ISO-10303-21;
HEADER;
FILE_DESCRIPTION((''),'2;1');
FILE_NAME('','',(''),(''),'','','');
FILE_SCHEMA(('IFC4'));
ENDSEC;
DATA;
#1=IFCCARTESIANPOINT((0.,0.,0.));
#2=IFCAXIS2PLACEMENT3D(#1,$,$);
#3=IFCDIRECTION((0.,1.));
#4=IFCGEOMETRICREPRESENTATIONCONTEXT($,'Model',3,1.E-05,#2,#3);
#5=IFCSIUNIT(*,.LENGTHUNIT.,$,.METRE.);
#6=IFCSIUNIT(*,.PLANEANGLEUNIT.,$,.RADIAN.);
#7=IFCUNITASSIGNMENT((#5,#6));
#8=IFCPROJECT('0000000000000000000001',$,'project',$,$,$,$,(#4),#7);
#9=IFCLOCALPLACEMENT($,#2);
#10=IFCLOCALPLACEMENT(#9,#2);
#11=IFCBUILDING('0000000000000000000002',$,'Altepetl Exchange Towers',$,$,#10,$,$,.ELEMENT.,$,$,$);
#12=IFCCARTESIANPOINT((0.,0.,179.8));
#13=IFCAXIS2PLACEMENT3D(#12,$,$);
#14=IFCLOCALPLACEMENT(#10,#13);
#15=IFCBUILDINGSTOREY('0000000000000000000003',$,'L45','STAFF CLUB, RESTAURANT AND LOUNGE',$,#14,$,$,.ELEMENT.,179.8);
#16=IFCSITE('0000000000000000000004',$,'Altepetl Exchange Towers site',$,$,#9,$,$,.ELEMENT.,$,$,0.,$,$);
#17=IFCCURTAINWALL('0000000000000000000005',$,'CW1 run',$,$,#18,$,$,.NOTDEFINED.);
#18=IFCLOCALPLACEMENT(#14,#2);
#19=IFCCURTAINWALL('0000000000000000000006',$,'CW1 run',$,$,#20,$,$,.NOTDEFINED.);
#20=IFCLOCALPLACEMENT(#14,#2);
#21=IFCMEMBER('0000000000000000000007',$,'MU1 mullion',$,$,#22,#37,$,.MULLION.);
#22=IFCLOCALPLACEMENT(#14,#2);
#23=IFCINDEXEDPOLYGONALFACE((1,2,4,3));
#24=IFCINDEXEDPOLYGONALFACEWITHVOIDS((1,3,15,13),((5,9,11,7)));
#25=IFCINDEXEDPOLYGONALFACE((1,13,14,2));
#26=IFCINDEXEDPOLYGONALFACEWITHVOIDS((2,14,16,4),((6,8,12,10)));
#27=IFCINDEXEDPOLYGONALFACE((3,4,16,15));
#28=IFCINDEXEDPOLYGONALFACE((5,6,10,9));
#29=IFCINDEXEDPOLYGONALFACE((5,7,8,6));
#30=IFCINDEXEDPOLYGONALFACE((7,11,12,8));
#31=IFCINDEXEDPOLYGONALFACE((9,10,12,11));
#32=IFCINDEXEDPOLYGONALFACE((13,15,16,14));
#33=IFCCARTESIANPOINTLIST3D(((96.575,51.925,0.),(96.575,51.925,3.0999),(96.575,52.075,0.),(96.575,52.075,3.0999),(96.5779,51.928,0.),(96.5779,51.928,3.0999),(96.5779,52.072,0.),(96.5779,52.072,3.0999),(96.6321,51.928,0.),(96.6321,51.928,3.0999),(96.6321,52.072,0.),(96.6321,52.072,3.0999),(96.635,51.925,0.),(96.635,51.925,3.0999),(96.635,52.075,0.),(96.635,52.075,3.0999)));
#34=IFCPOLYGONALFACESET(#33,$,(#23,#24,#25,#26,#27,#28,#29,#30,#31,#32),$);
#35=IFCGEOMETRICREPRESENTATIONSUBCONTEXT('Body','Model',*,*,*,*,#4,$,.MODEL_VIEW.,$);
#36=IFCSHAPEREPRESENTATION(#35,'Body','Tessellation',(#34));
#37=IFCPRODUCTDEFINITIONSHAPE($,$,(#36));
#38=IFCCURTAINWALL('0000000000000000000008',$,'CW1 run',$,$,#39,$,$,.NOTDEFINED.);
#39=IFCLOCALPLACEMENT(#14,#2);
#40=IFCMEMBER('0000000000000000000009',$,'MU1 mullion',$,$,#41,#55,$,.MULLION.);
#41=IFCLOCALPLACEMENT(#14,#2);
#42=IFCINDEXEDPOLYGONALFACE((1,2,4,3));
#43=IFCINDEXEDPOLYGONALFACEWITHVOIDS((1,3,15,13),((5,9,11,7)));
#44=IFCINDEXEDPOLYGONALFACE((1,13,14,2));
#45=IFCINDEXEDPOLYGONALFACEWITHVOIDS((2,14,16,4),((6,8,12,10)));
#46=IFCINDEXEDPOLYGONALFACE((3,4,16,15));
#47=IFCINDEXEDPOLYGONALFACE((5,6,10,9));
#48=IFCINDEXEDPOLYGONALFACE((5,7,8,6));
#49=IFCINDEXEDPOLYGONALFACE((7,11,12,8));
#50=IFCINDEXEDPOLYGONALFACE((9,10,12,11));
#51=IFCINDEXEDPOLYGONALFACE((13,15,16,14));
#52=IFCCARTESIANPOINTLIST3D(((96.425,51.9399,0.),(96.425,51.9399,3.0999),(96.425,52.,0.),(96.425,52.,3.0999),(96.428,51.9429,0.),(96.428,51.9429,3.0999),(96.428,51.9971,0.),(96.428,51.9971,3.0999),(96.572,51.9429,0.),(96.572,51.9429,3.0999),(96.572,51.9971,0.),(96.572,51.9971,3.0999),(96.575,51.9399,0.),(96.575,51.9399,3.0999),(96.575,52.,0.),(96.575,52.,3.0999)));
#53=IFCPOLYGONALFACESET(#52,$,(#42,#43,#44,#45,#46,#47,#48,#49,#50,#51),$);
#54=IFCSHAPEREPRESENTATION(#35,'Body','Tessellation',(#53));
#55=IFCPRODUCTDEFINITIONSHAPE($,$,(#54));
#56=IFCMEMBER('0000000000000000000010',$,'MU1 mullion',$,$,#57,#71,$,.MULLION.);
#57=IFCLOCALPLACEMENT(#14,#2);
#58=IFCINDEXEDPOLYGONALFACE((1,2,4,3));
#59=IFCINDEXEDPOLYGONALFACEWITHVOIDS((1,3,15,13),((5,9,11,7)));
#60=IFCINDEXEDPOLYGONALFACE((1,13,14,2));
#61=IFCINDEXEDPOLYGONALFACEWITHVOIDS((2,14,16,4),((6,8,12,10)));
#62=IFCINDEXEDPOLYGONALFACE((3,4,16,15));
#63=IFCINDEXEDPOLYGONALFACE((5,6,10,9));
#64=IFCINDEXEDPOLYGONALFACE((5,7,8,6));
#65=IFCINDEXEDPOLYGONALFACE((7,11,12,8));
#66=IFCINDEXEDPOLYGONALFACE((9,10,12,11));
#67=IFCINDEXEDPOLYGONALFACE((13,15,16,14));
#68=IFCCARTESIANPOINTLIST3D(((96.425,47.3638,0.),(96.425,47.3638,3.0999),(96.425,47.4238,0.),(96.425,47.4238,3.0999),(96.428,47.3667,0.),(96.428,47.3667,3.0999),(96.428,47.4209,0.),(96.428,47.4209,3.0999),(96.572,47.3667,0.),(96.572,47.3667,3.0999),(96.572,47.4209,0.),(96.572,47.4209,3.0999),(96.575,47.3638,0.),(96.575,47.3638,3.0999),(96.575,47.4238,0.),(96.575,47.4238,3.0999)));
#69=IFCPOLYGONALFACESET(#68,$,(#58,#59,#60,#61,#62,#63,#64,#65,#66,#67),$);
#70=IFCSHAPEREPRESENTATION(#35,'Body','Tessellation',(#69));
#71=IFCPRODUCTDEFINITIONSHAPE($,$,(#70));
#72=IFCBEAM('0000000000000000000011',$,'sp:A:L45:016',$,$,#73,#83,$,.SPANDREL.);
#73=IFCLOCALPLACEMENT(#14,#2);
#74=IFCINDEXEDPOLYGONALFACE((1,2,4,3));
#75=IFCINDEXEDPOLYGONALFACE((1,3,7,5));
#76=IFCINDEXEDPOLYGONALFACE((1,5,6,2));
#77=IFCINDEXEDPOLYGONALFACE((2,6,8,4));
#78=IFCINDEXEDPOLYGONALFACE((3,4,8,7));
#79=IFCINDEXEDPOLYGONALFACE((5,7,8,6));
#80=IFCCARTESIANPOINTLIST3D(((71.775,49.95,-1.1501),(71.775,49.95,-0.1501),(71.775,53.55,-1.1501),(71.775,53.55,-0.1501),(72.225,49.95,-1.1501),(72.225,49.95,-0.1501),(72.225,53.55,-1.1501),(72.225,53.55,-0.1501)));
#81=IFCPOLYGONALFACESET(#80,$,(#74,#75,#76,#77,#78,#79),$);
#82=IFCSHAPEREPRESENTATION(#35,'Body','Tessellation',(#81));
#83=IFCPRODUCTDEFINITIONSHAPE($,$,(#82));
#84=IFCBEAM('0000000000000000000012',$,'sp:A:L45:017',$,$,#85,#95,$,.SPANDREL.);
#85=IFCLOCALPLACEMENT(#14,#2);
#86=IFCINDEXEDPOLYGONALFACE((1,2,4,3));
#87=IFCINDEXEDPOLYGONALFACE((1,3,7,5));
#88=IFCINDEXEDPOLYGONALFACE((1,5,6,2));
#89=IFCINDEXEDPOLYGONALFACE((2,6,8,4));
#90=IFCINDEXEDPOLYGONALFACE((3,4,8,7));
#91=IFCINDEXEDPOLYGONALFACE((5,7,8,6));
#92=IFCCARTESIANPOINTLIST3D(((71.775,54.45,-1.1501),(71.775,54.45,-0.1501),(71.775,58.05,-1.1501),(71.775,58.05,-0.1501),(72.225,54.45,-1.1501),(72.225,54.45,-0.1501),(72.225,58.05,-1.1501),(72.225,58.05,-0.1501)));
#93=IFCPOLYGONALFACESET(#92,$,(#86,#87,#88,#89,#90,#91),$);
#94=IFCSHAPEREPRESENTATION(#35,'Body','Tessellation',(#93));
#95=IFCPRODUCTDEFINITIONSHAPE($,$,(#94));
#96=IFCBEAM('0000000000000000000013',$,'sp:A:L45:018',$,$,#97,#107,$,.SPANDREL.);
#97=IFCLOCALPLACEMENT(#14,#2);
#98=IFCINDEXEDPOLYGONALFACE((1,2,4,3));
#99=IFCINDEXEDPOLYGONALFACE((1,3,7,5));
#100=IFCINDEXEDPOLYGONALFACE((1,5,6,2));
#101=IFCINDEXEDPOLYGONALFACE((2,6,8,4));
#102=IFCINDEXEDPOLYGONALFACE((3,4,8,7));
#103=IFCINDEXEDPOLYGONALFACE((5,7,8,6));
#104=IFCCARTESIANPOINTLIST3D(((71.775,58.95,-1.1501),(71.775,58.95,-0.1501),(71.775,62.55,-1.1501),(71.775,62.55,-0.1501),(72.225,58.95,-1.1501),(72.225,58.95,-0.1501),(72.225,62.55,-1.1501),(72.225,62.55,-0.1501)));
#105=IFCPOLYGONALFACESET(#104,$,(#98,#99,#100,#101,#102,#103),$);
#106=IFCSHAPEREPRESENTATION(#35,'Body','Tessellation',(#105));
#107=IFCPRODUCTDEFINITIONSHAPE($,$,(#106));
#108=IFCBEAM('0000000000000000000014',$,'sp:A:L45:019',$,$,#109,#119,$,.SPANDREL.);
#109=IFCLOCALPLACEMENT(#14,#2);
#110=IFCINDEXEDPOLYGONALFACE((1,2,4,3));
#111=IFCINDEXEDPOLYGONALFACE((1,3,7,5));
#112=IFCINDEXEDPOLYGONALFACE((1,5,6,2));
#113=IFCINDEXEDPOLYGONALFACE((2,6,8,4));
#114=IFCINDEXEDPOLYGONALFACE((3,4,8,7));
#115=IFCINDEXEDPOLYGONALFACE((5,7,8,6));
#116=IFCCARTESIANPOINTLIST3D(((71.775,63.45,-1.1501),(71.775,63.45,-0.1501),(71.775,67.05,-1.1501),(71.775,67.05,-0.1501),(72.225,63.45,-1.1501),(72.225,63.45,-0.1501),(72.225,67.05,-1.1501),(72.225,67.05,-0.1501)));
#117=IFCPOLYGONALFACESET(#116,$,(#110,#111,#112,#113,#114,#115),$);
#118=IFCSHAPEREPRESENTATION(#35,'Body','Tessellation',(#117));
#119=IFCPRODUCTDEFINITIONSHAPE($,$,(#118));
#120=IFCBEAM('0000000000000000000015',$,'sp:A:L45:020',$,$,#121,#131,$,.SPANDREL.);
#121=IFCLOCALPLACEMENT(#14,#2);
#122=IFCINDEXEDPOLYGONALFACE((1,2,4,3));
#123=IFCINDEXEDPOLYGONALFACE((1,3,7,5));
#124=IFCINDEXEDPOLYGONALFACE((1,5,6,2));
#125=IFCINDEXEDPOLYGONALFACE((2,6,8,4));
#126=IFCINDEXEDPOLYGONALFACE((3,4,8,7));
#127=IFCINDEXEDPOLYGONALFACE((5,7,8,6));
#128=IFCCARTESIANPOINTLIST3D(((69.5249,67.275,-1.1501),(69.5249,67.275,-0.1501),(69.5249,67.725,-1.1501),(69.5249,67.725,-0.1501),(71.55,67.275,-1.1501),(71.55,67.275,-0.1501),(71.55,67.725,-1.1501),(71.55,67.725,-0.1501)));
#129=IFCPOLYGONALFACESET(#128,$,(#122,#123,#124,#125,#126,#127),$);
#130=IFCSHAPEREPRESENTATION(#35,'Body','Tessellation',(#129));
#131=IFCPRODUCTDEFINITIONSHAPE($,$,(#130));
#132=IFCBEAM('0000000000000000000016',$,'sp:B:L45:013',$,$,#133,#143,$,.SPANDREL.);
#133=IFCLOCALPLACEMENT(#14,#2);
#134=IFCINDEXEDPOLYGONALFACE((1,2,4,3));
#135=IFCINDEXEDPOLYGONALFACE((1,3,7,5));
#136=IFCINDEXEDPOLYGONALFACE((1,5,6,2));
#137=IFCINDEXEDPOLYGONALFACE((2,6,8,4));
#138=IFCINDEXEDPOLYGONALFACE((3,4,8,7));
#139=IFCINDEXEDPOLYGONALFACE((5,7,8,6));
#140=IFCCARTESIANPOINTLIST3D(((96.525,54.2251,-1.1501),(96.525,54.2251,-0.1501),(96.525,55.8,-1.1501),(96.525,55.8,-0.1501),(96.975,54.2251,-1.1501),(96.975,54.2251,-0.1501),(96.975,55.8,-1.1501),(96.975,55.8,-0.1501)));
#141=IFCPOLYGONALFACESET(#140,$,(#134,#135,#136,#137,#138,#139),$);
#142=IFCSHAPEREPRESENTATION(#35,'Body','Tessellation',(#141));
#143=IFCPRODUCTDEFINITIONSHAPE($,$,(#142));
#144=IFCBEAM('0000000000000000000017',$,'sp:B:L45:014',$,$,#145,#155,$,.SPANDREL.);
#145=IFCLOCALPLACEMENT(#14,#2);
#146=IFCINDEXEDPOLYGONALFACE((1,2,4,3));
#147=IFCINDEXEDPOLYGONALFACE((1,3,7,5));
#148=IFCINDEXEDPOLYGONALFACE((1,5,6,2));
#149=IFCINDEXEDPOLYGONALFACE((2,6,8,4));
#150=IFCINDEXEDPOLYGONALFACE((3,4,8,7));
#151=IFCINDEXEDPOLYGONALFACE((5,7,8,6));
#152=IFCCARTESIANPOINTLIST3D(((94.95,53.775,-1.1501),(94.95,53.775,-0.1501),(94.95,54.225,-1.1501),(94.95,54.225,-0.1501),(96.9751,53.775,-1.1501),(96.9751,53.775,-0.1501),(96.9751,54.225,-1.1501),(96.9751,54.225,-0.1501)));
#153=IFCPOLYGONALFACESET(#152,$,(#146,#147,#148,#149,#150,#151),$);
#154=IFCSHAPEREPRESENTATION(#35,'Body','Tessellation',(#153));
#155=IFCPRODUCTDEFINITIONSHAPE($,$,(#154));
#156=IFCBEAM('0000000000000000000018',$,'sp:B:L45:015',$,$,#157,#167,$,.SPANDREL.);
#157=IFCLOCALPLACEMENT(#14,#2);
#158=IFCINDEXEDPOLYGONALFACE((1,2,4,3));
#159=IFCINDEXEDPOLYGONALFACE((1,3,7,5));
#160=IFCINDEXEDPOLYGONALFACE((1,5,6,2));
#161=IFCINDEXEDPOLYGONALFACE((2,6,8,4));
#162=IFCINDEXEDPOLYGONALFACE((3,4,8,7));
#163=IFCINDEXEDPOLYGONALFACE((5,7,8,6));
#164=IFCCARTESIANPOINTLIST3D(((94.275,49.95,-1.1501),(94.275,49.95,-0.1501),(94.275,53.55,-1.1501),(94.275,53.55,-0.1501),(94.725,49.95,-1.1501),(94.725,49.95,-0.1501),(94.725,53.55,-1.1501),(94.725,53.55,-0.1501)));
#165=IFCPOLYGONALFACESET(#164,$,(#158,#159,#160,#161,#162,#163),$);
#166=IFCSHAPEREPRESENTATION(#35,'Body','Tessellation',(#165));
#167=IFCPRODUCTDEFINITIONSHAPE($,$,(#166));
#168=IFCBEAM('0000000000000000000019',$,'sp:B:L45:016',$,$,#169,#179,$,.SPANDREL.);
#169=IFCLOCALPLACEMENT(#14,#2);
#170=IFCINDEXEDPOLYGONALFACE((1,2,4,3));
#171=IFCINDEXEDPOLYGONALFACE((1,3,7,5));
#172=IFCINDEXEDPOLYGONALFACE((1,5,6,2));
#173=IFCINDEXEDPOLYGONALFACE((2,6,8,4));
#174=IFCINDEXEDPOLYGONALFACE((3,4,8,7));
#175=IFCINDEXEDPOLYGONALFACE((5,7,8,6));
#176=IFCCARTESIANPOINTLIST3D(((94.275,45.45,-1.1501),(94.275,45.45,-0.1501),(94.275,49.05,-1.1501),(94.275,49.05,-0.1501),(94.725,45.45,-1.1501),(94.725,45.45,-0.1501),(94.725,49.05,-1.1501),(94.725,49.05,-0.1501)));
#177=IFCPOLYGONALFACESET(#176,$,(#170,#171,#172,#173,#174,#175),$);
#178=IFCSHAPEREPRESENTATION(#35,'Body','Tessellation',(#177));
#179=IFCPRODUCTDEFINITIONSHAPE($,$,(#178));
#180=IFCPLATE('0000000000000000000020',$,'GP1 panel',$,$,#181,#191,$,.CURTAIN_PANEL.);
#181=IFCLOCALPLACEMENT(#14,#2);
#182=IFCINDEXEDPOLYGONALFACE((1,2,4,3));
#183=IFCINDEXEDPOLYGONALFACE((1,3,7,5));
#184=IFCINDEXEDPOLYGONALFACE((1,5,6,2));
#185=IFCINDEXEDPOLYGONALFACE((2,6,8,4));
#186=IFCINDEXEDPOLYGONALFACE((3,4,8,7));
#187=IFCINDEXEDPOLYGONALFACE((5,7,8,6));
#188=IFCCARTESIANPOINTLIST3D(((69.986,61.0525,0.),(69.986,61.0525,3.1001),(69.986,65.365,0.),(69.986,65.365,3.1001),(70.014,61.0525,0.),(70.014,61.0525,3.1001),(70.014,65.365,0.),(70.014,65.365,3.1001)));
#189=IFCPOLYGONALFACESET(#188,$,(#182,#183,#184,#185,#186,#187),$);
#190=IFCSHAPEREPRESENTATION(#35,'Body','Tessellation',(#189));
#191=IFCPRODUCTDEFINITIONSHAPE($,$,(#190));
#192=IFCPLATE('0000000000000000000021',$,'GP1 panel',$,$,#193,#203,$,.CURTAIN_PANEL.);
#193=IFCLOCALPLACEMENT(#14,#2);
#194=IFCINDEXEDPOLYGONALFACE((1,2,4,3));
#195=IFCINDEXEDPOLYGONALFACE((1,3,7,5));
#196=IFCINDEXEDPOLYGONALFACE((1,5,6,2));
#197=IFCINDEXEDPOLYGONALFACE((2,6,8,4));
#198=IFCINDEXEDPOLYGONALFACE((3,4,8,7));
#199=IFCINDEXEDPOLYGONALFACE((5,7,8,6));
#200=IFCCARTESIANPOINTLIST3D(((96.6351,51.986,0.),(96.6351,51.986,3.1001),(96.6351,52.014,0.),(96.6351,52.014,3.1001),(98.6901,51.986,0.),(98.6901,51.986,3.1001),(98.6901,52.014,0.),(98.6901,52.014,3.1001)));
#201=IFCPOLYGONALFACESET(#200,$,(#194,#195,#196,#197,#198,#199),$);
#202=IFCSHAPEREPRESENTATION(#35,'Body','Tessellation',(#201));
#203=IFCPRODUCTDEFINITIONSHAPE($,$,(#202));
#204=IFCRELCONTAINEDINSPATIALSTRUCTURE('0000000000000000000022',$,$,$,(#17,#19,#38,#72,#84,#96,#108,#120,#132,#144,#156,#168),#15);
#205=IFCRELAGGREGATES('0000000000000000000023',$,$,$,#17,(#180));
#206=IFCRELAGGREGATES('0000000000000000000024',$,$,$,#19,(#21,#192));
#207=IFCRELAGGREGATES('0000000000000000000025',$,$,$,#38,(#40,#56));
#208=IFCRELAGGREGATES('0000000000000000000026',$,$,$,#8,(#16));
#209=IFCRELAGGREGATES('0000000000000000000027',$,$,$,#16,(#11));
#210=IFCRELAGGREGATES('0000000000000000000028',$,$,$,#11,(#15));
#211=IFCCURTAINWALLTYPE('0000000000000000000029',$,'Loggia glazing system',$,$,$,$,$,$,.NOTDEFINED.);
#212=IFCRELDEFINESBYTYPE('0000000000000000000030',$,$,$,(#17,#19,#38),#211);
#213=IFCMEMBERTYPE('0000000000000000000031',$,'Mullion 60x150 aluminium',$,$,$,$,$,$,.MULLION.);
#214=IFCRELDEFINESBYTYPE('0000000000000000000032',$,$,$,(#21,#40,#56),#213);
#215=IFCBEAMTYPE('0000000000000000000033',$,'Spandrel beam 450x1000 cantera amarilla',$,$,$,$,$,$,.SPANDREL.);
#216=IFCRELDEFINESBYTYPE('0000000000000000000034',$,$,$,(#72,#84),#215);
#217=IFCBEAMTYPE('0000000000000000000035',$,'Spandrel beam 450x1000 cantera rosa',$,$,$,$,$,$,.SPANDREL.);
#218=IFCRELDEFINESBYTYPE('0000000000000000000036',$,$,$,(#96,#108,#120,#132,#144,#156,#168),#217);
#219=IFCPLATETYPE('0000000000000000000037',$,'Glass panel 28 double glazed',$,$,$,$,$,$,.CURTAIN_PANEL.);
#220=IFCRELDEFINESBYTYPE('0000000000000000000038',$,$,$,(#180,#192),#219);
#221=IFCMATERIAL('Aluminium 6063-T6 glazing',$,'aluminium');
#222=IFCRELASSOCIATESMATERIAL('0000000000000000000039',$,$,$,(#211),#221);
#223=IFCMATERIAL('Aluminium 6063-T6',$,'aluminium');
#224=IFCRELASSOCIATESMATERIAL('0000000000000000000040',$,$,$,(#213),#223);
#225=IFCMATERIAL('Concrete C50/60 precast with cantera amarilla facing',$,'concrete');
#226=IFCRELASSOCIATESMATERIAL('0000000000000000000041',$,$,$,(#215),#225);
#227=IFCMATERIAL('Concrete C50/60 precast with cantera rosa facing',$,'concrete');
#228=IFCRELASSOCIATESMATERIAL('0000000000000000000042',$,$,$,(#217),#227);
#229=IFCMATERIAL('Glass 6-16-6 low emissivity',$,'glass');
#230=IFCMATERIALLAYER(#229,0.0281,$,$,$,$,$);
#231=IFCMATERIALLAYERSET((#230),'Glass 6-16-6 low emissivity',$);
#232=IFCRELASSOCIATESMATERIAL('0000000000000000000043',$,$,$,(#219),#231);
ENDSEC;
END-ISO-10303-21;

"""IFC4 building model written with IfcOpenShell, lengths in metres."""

from ifc_helpers import new_model, si_unit, direction, frame, origin, origin_2d, place, context, subcontext, project, spatial, rectangle, hollow_rectangle, extrude, material, layer, layer_set, material_profile, profile_set, type_object, element, aggregate, save


model = new_model("IFC4")

# Units and contexts
model_context = context("Model", 3, precision=1e-05, world=origin(), true_north=direction((0.0, 1.0)))
body_context = subcontext(model_context, "Body", "Model", "MODEL_VIEW")
ifc_project = project(units=[si_unit("LENGTHUNIT", "METRE"), si_unit("PLANEANGLEUNIT", "RADIAN")], contexts=[model_context])

# Site, building, storey
site_placement = place(None, origin())
site = spatial("IfcSite", under=ifc_project, at=site_placement, Name="Altepetl Exchange Towers site", CompositionType="ELEMENT", RefElevation=0.0)
building_placement = place(site_placement, origin())
building = spatial("IfcBuilding", under=site, at=building_placement, Name="Altepetl Exchange Towers", CompositionType="ELEMENT")
storey_placement = place(building_placement, frame((0.0, 0.0, 179.8)))
storey = spatial("IfcBuildingStorey", under=building, at=storey_placement, Name="L45", Description="STAFF CLUB, RESTAURANT AND LOUNGE", CompositionType="ELEMENT", Elevation=179.8)

# Curtain wall
ifc_material_1 = material(Name="Aluminium 6063-T6 glazing", Category="aluminium")
curtain_wall_type = type_object("IfcCurtainWallType", Name="Loggia glazing system", PredefinedType="NOTDEFINED", material=ifc_material_1)
curtain_wall_1_placement = place(storey_placement, origin())
curtain_wall_1 = element("IfcCurtainWall", 1, at=curtain_wall_1_placement, inside=storey, type_object=curtain_wall_type, Name="CW1 run", PredefinedType="NOTDEFINED")
ifc_material_2 = material(Name="Aluminium 6063-T6", Category="aluminium")
ifc_material_profile_1 = material_profile(ifc_material_2, hollow_rectangle(XDim=0.0601, YDim=0.1499, WallThickness=0.0029, at=origin_2d()), Name="Mullion 60x150 aluminium")
ifc_profile_set_1 = profile_set([ifc_material_profile_1], Name="Aluminium 6063-T6")
member_type = type_object("IfcMemberType", Name="Mullion 60x150 aluminium", PredefinedType="MULLION", material=ifc_profile_set_1)

# Curtain walls, members
curtain_wall_2_placement = place(storey_placement, origin())
curtain_wall_2 = element("IfcCurtainWall", 2, at=curtain_wall_2_placement, inside=storey, type_object=curtain_wall_type, Name="CW1 run", PredefinedType="NOTDEFINED")
member_1_placement = place(storey_placement, frame((96.605, 52.0, 0.0), z_axis=(0.0, 0.0, 1.0), x_axis=(-1.0, 0.0, 0.0)))
member_1 = element("IfcMember", 3, at=member_1_placement, type_object=member_type, Name="MU1 mullion", PredefinedType="MULLION", context=body_context, shape_type="SweptSolid", body=[
    extrude(hollow_rectangle(XDim=0.0601, YDim=0.1499, WallThickness=0.0029, at=origin_2d()), origin(), (0.0, 0.0, 1.0), 3.0999),
])
curtain_wall_3_placement = place(storey_placement, origin())
curtain_wall_3 = element("IfcCurtainWall", 4, at=curtain_wall_3_placement, inside=storey, type_object=curtain_wall_type, Name="CW1 run", PredefinedType="NOTDEFINED")
member_2_placement = place(storey_placement, frame((96.5, 51.97, 0.0), z_axis=(0.0, 0.0, 1.0), x_axis=(0.0, -1.0, 0.0)))
member_2 = element("IfcMember", 5, at=member_2_placement, type_object=member_type, Name="MU1 mullion", PredefinedType="MULLION", context=body_context, shape_type="SweptSolid", body=[
    extrude(hollow_rectangle(XDim=0.0601, YDim=0.1499, WallThickness=0.0029, at=origin_2d()), origin(), (0.0, 0.0, 1.0), 3.0999),
])
member_3_placement = place(storey_placement, frame((96.5, 47.3938, 0.0), z_axis=(0.0, 0.0, 1.0), x_axis=(0.0, -1.0, 0.0)))
member_3 = element("IfcMember", 6, at=member_3_placement, type_object=member_type, Name="MU1 mullion", PredefinedType="MULLION", context=body_context, shape_type="SweptSolid", body=[
    extrude(hollow_rectangle(XDim=0.0601, YDim=0.1499, WallThickness=0.0029, at=origin_2d()), origin(), (0.0, 0.0, 1.0), 3.0999),
])

# Beams
ifc_material_3 = material(Name="Concrete C50/60 precast with cantera amarilla facing", Category="concrete")
ifc_material_profile_2 = material_profile(ifc_material_3, rectangle(XDim=0.45, YDim=1.0, at=origin_2d()), Name="450 x 1000")
ifc_profile_set_2 = profile_set([ifc_material_profile_2], Name="Concrete C50/60 precast with cantera amarilla facing")
beam_type_1 = type_object("IfcBeamType", Name="Spandrel beam 450x1000 cantera amarilla", PredefinedType="SPANDREL", material=ifc_profile_set_2)
for number, where, z_axis, x_axis, name in (
    (7, (72.0, 49.95, -0.6501), (0.0, 1.0, 0.0), (-1.0, 0.0, 0.0), "sp:A:L45:016"),
    (8, (72.0, 54.45, -0.6501), (0.0, 1.0, 0.0), (-1.0, 0.0, 0.0), "sp:A:L45:017"),
):
    element("IfcBeam", number, at=place(storey_placement, frame(where, z_axis=z_axis, x_axis=x_axis)), inside=storey, type_object=beam_type_1, Name=name, PredefinedType="SPANDREL", context=body_context, shape_type="SweptSolid", body=[
        extrude(rectangle(XDim=0.45, YDim=1.0, at=origin_2d()), origin(), (0.0, 0.0, 1.0), 3.6001),
    ])
ifc_material_4 = material(Name="Concrete C50/60 precast with cantera rosa facing", Category="concrete")
ifc_material_profile_3 = material_profile(ifc_material_4, rectangle(XDim=0.45, YDim=1.0, at=origin_2d()), Name="450 x 1000")
ifc_profile_set_3 = profile_set([ifc_material_profile_3], Name="Concrete C50/60 precast with cantera rosa facing")
beam_type_2 = type_object("IfcBeamType", Name="Spandrel beam 450x1000 cantera rosa", PredefinedType="SPANDREL", material=ifc_profile_set_3)
for number, where, z_axis, x_axis, name in (
    (9, (72.0, 58.95, -0.6501), (0.0, 1.0, 0.0), (-1.0, 0.0, 0.0), "sp:A:L45:018"),
    (10, (72.0, 63.45, -0.6501), (0.0, 1.0, 0.0), (-1.0, 0.0, 0.0), "sp:A:L45:019"),
):
    element("IfcBeam", number, at=place(storey_placement, frame(where, z_axis=z_axis, x_axis=x_axis)), inside=storey, type_object=beam_type_2, Name=name, PredefinedType="SPANDREL", context=body_context, shape_type="SweptSolid", body=[
        extrude(rectangle(XDim=0.45, YDim=1.0, at=origin_2d()), origin(), (0.0, 0.0, 1.0), 3.6001),
    ])
beam_1_placement = place(storey_placement, frame((71.55, 67.5, -0.6501), z_axis=(-1.0, 0.0, 0.0), x_axis=(0.0, -1.0, 0.0)))
element("IfcBeam", 11, at=beam_1_placement, inside=storey, type_object=beam_type_2, Name="sp:A:L45:020", PredefinedType="SPANDREL", context=body_context, shape_type="SweptSolid", body=[
    extrude(rectangle(XDim=0.45, YDim=1.0, at=origin_2d()), origin(), (0.0, 0.0, 1.0), 2.0251),
])
beam_2_placement = place(storey_placement, frame((96.75, 55.8, -0.6501), z_axis=(0.0, -1.0, 0.0), x_axis=(1.0, 0.0, 0.0)))
element("IfcBeam", 12, at=beam_2_placement, inside=storey, type_object=beam_type_2, Name="sp:B:L45:013", PredefinedType="SPANDREL", context=body_context, shape_type="SweptSolid", body=[
    extrude(rectangle(XDim=0.45, YDim=1.0, at=origin_2d()), origin(), (0.0, 0.0, 1.0), 1.575),
])
beam_3_placement = place(storey_placement, frame((96.9751, 54.0, -0.6501), z_axis=(-1.0, 0.0, 0.0), x_axis=(0.0, -1.0, 0.0)))
element("IfcBeam", 13, at=beam_3_placement, inside=storey, type_object=beam_type_2, Name="sp:B:L45:014", PredefinedType="SPANDREL", context=body_context, shape_type="SweptSolid", body=[
    extrude(rectangle(XDim=0.45, YDim=1.0, at=origin_2d()), origin(), (0.0, 0.0, 1.0), 2.0251),
])
for number, where, z_axis, x_axis, name in (
    (14, (94.5, 53.55, -0.6501), (0.0, -1.0, 0.0), (1.0, 0.0, 0.0), "sp:B:L45:015"),
    (15, (94.5, 49.05, -0.6501), (0.0, -1.0, 0.0), (1.0, 0.0, 0.0), "sp:B:L45:016"),
):
    element("IfcBeam", number, at=place(storey_placement, frame(where, z_axis=z_axis, x_axis=x_axis)), inside=storey, type_object=beam_type_2, Name=name, PredefinedType="SPANDREL", context=body_context, shape_type="SweptSolid", body=[
        extrude(rectangle(XDim=0.45, YDim=1.0, at=origin_2d()), origin(), (0.0, 0.0, 1.0), 3.6001),
    ])

# Plates
ifc_material_5 = material(Name="Glass 6-16-6 low emissivity", Category="glass")
ifc_layer = layer(ifc_material_5, 0.0281)
ifc_layer_set = layer_set([ifc_layer], Name="Glass 6-16-6 low emissivity")
plate_type = type_object("IfcPlateType", Name="Glass panel 28 double glazed", PredefinedType="CURTAIN_PANEL", material=ifc_layer_set)
plate_1_placement = place(storey_placement, frame((70.0, 63.2087, 0.0), z_axis=(0.0, 0.0, 1.0), x_axis=(0.0, 1.0, 0.0)))
plate_1 = element("IfcPlate", 16, at=plate_1_placement, type_object=plate_type, Name="GP1 panel", PredefinedType="CURTAIN_PANEL", context=body_context, shape_type="SweptSolid", body=[
    extrude(rectangle(XDim=4.3125, YDim=0.0281, at=origin_2d()), origin(), (0.0, 0.0, 1.0), 3.1001),
])
aggregate(curtain_wall_1, [plate_1])
plate_2_placement = place(storey_placement, frame((97.6626, 52.0, 0.0), z_axis=(0.0, 0.0, 1.0), x_axis=(-1.0, 0.0, 0.0)))
plate_2 = element("IfcPlate", 17, at=plate_2_placement, type_object=plate_type, Name="GP1 panel", PredefinedType="CURTAIN_PANEL", context=body_context, shape_type="SweptSolid", body=[
    extrude(rectangle(XDim=2.0549, YDim=0.0281, at=origin_2d()), origin(), (0.0, 0.0, 1.0), 3.1001),
])
aggregate(curtain_wall_2, [member_1, plate_2])
aggregate(curtain_wall_3, [member_2, member_3])

save(model, "model.ifc")
